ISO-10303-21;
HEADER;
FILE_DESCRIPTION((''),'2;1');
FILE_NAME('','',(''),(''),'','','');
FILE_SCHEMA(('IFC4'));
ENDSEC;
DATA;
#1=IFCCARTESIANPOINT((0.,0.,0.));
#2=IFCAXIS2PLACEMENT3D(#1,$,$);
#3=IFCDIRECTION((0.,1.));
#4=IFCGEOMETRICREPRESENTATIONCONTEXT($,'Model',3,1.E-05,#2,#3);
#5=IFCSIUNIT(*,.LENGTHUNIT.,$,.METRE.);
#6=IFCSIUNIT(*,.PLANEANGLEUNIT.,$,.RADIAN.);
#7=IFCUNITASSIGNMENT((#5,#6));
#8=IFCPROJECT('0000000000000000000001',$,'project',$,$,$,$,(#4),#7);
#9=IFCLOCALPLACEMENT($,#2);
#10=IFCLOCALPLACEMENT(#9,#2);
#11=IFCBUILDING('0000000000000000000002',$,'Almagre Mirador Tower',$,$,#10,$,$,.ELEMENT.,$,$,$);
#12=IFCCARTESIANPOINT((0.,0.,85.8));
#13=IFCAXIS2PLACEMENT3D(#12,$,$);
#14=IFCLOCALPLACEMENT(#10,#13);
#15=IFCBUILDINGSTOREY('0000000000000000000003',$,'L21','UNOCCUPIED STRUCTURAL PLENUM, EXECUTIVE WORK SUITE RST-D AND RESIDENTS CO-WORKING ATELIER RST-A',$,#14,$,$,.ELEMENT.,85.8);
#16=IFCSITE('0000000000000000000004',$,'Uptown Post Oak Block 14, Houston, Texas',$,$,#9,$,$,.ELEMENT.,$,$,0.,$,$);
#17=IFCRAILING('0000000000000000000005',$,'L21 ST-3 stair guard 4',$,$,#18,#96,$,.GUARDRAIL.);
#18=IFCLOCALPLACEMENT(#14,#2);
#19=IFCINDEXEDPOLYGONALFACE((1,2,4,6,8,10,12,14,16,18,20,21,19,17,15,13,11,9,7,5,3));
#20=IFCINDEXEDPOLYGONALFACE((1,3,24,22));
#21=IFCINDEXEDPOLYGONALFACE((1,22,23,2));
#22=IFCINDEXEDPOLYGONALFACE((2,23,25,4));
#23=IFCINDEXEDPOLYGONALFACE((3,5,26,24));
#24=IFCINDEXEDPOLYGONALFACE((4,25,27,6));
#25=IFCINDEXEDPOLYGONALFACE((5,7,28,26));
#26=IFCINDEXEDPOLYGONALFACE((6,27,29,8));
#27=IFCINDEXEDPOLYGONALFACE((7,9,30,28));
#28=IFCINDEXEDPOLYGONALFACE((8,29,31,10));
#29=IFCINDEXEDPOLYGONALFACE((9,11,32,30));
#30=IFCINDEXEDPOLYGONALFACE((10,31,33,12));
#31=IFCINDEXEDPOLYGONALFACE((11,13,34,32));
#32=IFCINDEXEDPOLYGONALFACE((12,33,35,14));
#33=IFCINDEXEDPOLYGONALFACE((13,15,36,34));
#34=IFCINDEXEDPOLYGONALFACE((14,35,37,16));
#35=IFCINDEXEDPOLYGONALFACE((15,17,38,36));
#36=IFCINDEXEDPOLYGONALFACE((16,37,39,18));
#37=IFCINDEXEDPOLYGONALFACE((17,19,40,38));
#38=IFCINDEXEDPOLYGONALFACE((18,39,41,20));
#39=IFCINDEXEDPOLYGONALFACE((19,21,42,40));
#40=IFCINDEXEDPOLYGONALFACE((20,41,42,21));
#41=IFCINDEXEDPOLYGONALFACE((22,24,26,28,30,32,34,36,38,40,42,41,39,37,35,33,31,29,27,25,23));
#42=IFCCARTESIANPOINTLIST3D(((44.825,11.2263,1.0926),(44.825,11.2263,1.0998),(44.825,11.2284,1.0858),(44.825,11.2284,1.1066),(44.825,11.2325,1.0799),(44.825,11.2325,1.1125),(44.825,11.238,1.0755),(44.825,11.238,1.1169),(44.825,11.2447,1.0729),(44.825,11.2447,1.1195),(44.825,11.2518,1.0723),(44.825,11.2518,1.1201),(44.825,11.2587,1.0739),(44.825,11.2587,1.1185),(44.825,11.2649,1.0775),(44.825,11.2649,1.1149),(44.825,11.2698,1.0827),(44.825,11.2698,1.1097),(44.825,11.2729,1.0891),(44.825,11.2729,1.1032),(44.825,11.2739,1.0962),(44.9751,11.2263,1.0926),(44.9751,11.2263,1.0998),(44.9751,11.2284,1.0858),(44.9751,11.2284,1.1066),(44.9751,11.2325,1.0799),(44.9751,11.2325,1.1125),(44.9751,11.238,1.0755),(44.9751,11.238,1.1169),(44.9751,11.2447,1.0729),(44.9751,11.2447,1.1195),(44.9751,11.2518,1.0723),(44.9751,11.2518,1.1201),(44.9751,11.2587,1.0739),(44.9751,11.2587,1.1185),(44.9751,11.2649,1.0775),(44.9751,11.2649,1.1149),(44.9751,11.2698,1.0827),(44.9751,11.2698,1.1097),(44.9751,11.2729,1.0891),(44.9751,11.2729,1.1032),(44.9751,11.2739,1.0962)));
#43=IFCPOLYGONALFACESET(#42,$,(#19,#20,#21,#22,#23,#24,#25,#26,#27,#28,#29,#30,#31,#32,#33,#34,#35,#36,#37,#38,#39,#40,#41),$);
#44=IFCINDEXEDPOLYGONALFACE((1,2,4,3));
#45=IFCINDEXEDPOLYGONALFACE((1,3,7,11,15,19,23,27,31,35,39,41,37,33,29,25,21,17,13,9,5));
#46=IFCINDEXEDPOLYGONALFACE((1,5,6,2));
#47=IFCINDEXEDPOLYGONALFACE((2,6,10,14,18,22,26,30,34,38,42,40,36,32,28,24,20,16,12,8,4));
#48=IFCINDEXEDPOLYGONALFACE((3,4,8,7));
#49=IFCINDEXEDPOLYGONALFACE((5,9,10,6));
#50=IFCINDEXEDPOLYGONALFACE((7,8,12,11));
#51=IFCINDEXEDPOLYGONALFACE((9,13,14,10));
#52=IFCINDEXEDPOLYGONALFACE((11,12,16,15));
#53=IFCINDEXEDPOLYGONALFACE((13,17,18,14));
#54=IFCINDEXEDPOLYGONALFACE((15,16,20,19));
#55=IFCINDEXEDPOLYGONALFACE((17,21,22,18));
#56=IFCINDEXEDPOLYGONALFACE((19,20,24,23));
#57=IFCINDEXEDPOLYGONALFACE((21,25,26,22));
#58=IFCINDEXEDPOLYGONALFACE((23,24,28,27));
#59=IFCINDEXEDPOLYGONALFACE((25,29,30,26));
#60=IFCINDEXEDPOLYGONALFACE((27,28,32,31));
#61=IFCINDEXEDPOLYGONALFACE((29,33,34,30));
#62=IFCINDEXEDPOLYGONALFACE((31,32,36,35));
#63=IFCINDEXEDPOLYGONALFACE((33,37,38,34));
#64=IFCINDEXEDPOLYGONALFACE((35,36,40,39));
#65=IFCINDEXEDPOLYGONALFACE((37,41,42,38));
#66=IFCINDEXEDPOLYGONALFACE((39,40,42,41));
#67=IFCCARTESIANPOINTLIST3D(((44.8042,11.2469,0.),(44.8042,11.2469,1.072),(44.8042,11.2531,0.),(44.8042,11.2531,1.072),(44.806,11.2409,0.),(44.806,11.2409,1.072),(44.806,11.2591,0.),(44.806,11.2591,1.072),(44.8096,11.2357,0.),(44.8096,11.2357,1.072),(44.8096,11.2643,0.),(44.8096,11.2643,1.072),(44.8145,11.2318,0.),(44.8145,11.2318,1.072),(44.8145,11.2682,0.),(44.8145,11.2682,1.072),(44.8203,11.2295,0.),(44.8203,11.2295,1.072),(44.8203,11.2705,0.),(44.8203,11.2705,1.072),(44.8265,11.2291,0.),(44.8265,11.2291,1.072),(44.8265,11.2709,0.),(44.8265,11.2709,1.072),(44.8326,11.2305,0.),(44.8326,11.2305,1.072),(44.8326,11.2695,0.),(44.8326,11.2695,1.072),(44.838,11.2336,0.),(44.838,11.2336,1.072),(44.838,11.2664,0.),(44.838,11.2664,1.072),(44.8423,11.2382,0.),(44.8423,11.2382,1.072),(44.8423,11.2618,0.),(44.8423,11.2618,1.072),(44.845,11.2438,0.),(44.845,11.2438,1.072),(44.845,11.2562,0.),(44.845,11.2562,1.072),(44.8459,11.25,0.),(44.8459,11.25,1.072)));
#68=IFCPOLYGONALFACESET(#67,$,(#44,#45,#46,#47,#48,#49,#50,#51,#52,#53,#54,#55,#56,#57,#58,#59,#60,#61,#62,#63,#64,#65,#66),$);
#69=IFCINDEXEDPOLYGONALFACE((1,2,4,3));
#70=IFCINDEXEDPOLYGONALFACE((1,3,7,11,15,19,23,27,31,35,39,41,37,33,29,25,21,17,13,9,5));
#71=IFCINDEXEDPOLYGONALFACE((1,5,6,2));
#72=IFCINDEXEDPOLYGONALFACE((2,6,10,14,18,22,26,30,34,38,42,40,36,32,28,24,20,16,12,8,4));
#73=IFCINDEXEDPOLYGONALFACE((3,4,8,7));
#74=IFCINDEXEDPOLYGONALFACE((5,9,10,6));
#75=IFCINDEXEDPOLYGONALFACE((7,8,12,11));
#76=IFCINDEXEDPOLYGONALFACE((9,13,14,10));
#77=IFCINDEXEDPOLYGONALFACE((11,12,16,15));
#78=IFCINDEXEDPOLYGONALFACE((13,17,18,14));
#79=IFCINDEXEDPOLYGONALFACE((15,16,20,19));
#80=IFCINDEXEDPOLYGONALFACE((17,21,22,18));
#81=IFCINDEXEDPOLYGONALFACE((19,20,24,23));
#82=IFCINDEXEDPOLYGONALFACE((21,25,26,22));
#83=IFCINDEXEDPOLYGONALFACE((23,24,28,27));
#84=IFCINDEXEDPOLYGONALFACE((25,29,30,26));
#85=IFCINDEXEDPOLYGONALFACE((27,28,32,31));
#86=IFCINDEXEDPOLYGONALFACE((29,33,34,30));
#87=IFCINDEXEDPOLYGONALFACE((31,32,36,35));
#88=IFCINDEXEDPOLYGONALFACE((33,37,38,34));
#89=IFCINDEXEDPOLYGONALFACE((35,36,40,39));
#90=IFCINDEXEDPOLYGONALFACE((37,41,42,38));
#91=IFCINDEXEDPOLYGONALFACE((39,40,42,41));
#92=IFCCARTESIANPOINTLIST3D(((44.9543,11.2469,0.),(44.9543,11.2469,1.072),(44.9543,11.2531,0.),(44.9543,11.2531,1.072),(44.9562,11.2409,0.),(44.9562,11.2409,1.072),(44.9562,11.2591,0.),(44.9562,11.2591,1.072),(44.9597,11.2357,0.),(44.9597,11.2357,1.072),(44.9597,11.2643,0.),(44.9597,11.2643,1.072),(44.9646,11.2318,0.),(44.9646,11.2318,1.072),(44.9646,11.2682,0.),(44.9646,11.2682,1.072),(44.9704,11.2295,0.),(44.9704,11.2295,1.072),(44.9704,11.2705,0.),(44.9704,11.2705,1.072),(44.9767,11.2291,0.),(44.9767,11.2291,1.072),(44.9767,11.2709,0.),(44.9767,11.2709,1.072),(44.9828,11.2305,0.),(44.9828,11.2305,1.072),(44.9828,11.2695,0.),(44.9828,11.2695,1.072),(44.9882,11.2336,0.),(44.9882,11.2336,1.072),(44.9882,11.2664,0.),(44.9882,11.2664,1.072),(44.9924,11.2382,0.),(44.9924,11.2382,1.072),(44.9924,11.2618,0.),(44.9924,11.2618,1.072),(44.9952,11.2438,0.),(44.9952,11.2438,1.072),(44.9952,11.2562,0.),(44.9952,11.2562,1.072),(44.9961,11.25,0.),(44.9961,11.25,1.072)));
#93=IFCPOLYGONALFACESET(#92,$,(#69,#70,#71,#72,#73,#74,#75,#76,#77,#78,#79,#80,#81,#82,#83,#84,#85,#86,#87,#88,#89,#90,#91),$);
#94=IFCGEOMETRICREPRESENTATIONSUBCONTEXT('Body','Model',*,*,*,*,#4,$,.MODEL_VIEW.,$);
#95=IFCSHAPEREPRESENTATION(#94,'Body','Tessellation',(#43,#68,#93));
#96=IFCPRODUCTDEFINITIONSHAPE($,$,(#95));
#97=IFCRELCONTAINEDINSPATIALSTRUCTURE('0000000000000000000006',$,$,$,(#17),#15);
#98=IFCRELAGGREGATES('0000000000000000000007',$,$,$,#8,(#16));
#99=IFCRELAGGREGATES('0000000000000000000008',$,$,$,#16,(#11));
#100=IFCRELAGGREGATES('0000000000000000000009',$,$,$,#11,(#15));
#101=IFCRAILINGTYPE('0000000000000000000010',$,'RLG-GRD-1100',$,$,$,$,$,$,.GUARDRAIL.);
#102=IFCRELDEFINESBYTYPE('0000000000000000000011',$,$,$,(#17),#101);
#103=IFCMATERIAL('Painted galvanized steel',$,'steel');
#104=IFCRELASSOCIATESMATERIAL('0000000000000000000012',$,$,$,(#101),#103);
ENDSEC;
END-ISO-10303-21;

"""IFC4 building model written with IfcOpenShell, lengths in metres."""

from ifc_helpers import new_model, si_unit, direction, frame, origin, origin_2d, place, context, subcontext, project, spatial, circle, extrude, material, type_object, element, save


model = new_model("IFC4")

# Units and contexts
model_context = context("Model", 3, precision=1e-05, world=origin(), true_north=direction((0.0, 1.0)))
body_context = subcontext(model_context, "Body", "Model", "MODEL_VIEW")
ifc_project = project(units=[si_unit("LENGTHUNIT", "METRE"), si_unit("PLANEANGLEUNIT", "RADIAN")], contexts=[model_context])

# Site, building, storey
site_placement = place(None, origin())
site = spatial("IfcSite", under=ifc_project, at=site_placement, Name="Uptown Post Oak Block 14, Houston, Texas", CompositionType="ELEMENT", RefElevation=0.0)
building_placement = place(site_placement, origin())
building = spatial("IfcBuilding", under=site, at=building_placement, Name="Almagre Mirador Tower", CompositionType="ELEMENT")
storey_placement = place(building_placement, frame((0.0, 0.0, 85.8)))
storey = spatial("IfcBuildingStorey", under=building, at=storey_placement, Name="L21", Description="UNOCCUPIED STRUCTURAL PLENUM, EXECUTIVE WORK SUITE RST-D AND RESIDENTS CO-WORKING ATELIER RST-A", CompositionType="ELEMENT", Elevation=85.8)

# Railing
ifc_material_1 = material(Name="Painted galvanized steel", Category="steel")
railing_type_1 = type_object("IfcRailingType", Name="RLG-GRD-1100", PredefinedType="GUARDRAIL", material=ifc_material_1)
railing_1_placement = place(storey_placement, frame((44.825, 11.25, 0.0)))
element("IfcRailing", 1, at=railing_1_placement, inside=storey, type_object=railing_type_1, Name="L21 ST-3 stair guard 4", PredefinedType="GUARDRAIL", context=body_context, shape_type="SweptSolid", body=[
    extrude(circle(Radius=0.0239, at=origin_2d()), frame((0.0, 0.0, 1.0962), z_axis=(1.0, 0.0, 0.0), x_axis=(0.0, 1.0, 0.0)), (0.0, 0.0, 1.0), 0.1501),
    extrude(circle(Radius=0.021, at=origin_2d()), origin(), (0.0, 0.0, 1.0), 1.072),
    extrude(circle(Radius=0.021, at=origin_2d()), frame((0.1501, 0.0, 0.0)), (0.0, 0.0, 1.0), 1.072),
])

save(model, "model.ifc")
